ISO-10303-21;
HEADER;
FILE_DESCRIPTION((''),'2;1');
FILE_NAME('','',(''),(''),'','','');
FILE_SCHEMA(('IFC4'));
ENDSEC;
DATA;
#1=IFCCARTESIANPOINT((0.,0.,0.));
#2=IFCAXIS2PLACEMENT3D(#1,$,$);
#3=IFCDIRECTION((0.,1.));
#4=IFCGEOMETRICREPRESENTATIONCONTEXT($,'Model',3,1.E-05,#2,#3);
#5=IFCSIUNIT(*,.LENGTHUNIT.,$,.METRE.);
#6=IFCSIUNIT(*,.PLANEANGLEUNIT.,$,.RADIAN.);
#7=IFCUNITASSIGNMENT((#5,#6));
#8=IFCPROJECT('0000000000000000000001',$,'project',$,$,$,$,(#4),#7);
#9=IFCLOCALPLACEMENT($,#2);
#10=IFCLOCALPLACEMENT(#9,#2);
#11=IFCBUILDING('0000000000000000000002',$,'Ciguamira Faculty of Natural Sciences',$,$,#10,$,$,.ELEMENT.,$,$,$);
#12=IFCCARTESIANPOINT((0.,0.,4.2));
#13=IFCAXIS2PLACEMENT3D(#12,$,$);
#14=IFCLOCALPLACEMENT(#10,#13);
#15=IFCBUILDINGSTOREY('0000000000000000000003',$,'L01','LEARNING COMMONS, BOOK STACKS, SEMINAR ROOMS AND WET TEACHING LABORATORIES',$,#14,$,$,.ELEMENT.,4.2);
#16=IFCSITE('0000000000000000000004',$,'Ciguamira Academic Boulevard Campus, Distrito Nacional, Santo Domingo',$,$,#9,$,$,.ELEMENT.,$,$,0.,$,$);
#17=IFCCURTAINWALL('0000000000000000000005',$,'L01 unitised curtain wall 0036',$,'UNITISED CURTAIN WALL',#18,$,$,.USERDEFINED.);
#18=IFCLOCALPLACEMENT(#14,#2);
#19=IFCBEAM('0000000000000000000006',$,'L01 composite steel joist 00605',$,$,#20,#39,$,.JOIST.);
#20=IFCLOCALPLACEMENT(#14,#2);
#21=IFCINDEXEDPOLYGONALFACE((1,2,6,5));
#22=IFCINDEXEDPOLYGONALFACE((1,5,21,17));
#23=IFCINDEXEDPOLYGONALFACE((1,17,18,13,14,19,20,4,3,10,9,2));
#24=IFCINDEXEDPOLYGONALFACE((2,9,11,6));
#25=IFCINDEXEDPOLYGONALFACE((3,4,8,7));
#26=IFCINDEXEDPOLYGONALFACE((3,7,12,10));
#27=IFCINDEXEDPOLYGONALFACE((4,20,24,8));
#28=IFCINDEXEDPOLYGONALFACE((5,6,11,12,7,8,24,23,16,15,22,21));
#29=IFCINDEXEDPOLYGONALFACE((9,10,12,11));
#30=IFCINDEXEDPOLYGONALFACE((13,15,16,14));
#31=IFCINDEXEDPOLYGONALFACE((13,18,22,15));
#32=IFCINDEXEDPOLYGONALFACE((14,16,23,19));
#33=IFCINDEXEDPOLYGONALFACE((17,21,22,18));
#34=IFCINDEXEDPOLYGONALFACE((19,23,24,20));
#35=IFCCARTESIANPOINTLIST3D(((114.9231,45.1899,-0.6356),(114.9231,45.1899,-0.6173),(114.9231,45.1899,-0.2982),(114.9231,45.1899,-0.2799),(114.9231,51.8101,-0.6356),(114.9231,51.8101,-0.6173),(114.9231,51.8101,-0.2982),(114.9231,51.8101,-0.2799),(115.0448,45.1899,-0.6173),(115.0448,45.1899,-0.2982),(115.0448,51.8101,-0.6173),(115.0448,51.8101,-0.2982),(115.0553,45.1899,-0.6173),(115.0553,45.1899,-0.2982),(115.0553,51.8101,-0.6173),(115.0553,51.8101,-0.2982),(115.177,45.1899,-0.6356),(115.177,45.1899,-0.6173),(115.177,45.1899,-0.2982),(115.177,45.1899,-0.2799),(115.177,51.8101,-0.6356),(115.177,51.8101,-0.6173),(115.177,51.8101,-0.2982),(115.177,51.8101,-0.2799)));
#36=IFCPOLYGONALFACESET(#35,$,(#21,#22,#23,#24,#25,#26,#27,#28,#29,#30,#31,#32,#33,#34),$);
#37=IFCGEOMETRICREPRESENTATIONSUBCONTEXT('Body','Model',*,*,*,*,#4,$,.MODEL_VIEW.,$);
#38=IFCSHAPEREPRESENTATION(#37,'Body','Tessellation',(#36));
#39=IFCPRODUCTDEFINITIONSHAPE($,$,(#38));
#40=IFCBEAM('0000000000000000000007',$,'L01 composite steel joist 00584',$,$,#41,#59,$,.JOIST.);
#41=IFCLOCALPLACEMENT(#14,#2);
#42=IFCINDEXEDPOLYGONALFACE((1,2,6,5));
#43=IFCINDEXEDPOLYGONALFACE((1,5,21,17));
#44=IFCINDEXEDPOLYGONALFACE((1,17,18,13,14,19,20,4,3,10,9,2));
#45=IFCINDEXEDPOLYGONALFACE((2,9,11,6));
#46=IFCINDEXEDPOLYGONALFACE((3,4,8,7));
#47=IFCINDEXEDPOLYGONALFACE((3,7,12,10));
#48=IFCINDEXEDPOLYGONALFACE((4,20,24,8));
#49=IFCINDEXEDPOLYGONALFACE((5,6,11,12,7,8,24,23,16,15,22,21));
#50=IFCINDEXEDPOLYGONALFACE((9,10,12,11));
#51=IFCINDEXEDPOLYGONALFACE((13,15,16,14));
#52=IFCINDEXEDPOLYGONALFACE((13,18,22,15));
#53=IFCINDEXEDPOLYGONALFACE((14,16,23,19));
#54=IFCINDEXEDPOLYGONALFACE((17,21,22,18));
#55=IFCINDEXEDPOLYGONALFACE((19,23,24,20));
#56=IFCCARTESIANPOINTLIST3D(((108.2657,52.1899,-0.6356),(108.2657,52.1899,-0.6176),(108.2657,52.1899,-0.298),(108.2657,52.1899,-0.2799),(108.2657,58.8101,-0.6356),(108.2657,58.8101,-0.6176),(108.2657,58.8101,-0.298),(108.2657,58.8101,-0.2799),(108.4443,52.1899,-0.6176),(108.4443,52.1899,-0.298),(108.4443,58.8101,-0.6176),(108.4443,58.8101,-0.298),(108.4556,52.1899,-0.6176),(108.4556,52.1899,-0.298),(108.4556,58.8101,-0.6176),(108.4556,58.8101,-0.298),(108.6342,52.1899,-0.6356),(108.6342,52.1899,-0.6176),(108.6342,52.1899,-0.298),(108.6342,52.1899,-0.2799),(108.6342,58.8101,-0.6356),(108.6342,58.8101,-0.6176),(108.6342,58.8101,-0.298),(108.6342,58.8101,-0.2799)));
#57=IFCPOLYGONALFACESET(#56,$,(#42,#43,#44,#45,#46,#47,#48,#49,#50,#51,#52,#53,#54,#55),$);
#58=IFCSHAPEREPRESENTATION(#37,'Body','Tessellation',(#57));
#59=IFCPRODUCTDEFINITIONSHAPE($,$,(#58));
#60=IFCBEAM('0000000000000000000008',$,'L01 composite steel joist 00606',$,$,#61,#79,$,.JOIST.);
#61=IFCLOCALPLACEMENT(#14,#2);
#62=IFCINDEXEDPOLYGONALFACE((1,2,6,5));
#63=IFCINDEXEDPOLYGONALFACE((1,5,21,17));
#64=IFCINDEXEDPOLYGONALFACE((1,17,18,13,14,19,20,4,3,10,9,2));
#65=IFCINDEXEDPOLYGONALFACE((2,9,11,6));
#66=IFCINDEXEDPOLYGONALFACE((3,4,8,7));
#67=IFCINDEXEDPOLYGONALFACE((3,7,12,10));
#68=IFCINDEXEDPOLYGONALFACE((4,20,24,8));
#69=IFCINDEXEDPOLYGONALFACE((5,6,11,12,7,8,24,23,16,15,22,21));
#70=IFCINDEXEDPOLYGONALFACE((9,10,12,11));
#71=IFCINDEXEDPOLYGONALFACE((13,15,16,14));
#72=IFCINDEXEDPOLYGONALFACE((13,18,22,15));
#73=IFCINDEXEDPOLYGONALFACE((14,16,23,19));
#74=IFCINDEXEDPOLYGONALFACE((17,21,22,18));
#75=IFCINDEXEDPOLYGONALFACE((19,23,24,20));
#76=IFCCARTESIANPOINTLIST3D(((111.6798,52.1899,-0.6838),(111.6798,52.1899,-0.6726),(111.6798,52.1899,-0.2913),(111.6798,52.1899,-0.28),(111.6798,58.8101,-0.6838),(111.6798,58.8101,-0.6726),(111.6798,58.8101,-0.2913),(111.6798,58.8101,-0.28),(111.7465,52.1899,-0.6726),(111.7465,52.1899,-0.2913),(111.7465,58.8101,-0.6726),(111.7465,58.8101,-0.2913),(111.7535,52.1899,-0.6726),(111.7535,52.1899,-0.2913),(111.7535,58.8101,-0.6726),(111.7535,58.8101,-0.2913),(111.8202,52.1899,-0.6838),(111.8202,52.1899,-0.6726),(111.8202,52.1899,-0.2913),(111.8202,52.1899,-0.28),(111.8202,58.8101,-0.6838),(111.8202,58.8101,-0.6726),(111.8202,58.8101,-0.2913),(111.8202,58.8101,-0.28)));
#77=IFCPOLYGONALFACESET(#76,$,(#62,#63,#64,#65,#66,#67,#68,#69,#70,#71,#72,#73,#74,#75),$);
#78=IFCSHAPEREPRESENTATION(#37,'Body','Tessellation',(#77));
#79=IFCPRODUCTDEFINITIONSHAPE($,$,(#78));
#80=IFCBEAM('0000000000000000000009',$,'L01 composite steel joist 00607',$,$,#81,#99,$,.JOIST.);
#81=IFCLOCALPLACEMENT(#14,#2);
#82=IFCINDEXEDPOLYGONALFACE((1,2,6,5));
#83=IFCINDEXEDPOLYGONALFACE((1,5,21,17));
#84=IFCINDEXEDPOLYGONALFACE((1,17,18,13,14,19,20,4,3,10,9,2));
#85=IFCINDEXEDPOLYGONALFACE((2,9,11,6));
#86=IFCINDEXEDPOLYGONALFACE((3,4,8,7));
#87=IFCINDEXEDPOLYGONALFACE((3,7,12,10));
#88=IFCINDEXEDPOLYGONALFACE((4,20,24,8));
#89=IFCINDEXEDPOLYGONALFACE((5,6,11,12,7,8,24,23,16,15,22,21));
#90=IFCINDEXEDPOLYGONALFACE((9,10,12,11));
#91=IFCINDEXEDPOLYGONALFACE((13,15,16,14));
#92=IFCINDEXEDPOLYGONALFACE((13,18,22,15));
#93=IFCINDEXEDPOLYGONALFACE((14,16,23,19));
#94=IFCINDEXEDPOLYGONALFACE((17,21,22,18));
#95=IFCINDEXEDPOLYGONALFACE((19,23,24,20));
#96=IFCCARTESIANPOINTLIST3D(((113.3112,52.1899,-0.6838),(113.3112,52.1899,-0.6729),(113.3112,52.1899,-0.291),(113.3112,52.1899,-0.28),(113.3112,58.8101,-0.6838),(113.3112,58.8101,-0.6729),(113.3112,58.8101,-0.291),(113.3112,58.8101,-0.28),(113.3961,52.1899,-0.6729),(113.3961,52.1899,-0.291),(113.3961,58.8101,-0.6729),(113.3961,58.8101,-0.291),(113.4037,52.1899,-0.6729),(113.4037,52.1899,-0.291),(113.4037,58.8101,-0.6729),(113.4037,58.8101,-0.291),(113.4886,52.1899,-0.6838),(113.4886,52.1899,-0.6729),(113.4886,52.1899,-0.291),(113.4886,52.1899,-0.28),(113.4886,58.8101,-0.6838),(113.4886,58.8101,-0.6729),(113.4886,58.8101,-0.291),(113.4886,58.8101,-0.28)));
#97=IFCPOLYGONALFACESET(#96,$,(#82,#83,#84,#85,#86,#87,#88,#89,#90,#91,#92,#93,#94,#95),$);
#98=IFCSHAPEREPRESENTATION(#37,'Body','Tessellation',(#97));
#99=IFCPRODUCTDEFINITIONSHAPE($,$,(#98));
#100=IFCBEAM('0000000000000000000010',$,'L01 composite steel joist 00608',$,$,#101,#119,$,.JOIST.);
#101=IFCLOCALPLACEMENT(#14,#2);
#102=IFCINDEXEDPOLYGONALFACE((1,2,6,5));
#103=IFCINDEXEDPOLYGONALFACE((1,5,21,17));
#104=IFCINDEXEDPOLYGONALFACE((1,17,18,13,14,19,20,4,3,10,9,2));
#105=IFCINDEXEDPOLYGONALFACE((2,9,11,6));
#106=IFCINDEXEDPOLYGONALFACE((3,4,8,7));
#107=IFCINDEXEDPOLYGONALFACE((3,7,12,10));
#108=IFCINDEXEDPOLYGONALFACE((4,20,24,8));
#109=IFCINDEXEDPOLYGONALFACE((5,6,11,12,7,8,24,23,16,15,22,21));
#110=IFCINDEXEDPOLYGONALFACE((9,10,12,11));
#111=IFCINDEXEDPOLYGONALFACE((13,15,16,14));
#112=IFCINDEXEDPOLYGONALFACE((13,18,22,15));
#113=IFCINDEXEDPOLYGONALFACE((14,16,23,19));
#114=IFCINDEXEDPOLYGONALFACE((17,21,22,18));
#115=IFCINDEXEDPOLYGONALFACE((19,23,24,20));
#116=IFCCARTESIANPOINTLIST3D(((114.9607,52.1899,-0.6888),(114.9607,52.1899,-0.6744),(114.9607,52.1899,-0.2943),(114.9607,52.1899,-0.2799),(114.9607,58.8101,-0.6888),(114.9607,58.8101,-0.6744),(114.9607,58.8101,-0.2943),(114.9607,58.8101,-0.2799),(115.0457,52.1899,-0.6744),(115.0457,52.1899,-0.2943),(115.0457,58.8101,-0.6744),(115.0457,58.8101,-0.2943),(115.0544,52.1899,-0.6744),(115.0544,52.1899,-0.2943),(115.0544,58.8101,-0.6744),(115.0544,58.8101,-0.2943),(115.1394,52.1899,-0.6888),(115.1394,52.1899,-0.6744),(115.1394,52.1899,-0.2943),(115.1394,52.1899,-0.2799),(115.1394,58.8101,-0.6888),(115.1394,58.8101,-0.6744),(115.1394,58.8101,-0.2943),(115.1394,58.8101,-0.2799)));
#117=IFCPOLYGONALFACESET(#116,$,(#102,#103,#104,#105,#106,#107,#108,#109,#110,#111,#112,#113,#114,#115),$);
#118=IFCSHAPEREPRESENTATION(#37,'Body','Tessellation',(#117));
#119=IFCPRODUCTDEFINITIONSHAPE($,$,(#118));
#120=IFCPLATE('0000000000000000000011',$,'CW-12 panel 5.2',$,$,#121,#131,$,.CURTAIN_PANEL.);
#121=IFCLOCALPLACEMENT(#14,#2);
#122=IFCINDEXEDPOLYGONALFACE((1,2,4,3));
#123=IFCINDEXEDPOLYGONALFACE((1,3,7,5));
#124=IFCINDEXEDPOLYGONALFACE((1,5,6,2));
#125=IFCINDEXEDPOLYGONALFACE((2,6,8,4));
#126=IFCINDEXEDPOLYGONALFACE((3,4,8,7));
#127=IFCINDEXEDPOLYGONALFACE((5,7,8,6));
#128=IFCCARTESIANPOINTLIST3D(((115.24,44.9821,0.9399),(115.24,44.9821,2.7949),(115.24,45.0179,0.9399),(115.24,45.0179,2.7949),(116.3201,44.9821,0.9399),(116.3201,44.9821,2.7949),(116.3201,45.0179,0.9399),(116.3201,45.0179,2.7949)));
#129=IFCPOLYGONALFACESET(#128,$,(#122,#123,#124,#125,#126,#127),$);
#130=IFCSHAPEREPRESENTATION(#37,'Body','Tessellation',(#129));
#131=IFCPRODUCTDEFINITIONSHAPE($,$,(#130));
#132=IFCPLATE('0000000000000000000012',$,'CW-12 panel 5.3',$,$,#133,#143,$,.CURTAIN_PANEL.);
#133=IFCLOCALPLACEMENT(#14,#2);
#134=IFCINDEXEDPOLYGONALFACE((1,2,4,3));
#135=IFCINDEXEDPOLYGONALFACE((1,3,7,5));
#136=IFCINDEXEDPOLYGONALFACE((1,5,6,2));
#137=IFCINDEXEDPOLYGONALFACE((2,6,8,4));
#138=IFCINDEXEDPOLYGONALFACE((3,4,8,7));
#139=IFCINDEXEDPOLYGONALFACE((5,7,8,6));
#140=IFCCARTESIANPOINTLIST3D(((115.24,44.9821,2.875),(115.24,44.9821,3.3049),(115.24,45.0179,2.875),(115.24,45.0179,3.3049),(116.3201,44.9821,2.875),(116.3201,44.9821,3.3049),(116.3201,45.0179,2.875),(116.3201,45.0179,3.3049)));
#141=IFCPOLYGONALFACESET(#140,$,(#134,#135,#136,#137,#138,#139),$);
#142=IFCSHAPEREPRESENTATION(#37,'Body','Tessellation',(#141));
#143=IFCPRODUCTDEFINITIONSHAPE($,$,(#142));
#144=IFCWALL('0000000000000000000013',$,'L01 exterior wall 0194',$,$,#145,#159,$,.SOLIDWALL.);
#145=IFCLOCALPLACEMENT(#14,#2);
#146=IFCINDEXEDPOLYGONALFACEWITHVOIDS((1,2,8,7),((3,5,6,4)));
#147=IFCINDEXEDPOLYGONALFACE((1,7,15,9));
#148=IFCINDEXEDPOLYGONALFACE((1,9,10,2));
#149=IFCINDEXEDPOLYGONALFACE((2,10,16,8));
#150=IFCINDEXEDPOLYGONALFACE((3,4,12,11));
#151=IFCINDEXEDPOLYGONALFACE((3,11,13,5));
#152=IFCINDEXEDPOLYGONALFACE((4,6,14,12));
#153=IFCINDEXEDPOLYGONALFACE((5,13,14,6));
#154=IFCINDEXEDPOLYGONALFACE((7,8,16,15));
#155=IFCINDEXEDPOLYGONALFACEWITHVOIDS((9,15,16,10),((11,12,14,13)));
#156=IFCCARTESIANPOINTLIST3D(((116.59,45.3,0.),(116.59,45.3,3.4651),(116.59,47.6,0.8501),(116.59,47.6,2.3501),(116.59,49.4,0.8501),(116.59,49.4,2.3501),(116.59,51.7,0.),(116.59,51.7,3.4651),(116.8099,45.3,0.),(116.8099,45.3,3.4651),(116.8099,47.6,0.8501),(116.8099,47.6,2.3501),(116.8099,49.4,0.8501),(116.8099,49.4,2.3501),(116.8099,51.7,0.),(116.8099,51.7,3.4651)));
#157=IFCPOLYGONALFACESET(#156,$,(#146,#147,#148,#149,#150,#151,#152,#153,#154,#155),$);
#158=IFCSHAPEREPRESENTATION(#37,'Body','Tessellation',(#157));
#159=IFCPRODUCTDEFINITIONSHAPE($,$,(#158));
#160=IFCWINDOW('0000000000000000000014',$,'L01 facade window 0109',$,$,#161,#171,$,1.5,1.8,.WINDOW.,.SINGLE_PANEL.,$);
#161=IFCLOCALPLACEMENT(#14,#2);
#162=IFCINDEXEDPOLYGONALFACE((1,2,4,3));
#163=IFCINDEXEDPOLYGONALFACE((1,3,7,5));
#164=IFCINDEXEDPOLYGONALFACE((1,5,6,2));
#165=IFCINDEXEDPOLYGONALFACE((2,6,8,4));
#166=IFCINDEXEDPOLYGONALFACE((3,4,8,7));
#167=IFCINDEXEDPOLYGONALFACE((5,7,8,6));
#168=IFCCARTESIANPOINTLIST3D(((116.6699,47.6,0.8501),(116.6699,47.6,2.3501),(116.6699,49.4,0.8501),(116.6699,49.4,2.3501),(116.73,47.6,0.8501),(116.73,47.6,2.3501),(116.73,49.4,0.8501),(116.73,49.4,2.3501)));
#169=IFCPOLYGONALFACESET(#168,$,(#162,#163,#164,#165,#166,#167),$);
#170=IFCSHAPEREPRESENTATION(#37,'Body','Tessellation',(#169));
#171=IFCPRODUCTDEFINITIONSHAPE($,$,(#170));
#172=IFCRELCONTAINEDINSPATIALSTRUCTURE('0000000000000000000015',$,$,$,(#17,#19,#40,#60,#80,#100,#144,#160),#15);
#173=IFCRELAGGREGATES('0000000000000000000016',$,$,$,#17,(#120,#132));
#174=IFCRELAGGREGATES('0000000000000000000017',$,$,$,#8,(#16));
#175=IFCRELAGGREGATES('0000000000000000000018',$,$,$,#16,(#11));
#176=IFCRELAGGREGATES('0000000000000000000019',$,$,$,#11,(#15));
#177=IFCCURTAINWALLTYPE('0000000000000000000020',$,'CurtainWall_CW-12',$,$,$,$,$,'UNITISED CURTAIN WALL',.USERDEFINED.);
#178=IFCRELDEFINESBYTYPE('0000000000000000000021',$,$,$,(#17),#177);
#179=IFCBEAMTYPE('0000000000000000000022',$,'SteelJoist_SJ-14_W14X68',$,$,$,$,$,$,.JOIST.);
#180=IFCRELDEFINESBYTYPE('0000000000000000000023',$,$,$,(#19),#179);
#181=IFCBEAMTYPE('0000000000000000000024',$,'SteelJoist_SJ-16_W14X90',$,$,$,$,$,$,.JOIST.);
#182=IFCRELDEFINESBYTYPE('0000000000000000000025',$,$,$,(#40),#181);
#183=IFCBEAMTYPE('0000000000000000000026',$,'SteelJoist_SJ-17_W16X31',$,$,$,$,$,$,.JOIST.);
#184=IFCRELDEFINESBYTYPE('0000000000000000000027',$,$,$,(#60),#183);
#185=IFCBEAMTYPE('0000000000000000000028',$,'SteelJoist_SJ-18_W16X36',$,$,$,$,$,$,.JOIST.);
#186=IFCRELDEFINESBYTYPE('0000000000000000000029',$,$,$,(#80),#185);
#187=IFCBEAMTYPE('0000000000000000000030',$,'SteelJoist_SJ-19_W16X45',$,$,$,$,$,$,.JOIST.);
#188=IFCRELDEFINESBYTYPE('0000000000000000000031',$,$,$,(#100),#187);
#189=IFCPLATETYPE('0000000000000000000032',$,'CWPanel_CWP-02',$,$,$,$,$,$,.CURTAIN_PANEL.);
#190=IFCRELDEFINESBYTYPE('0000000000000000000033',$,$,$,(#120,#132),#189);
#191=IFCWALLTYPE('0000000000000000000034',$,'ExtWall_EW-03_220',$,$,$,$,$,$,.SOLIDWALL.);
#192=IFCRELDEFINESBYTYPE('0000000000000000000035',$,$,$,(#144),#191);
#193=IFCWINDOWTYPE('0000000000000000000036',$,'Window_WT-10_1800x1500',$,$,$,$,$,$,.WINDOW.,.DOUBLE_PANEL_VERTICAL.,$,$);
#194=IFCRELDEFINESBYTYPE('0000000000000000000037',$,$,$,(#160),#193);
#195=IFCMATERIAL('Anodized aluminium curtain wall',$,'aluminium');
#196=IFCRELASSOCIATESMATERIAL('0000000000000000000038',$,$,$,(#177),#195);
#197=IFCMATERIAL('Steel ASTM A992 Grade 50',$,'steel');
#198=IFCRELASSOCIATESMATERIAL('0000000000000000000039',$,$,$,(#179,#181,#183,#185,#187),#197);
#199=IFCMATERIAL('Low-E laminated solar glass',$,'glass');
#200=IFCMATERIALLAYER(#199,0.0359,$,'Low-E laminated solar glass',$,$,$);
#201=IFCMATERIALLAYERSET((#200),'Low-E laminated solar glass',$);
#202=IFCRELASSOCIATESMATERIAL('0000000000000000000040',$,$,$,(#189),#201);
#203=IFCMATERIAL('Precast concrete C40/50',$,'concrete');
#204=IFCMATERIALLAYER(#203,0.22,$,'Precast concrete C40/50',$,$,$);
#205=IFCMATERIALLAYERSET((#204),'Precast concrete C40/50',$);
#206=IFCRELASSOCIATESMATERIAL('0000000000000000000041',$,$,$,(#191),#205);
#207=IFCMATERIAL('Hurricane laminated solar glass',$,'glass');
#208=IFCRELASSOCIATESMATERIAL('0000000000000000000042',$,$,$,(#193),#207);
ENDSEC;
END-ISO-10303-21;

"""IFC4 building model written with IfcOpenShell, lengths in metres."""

from ifc_helpers import new_model, si_unit, direction, frame, frame_2d, origin, origin_2d, place, context, subcontext, project, spatial, rectangle, i_section, extrude, material, layer, layer_set, material_profile, profile_set, type_object, element, fill, aggregate, save


model = new_model("IFC4")

# Units and contexts
model_context = context("Model", 3, precision=1e-05, world=origin(), true_north=direction((0.0, 1.0)))
body_context = subcontext(model_context, "Body", "Model", "MODEL_VIEW")
ifc_project = project(units=[si_unit("LENGTHUNIT", "METRE"), si_unit("PLANEANGLEUNIT", "RADIAN")], contexts=[model_context])

# Site, building, storey
site_placement = place(None, origin())
site = spatial("IfcSite", under=ifc_project, at=site_placement, Name="Ciguamira Academic Boulevard Campus, Distrito Nacional, Santo Domingo", CompositionType="ELEMENT", RefElevation=0.0)
building_placement = place(site_placement, origin())
building = spatial("IfcBuilding", under=site, at=building_placement, Name="Ciguamira Faculty of Natural Sciences", CompositionType="ELEMENT")
storey_placement = place(building_placement, frame((0.0, 0.0, 4.2)))
storey = spatial("IfcBuildingStorey", under=building, at=storey_placement, Name="L01", Description="LEARNING COMMONS, BOOK STACKS, SEMINAR ROOMS AND WET TEACHING LABORATORIES", CompositionType="ELEMENT", Elevation=4.2)

# Curtain wall
ifc_material_1 = material(Name="Anodized aluminium curtain wall", Category="aluminium")
curtain_wall_type = type_object("IfcCurtainWallType", Name="CurtainWall_CW-12", ElementType="UNITISED CURTAIN WALL", PredefinedType="USERDEFINED", material=ifc_material_1)
curtain_wall_placement = place(storey_placement, origin())
curtain_wall = element("IfcCurtainWall", 1, at=curtain_wall_placement, inside=storey, type_object=curtain_wall_type, Name="L01 unitised curtain wall 0036", ObjectType="UNITISED CURTAIN WALL", PredefinedType="USERDEFINED")

# Beams
ifc_material_2 = material(Name="Precast concrete C40/50", Category="concrete")
ifc_material_3 = material(Name="Steel ASTM A992 Grade 50", Category="steel")
ifc_material_profile_1 = material_profile(ifc_material_3, i_section(OverallWidth=0.2539, OverallDepth=0.3557, WebThickness=0.0105, FlangeThickness=0.0183, at=origin_2d()), Name="W14X68")
ifc_profile_set_1 = profile_set([ifc_material_profile_1], Name="Steel ASTM A992 Grade 50")
beam_type_1 = type_object("IfcBeamType", Name="SteelJoist_SJ-14_W14X68", PredefinedType="JOIST", material=ifc_profile_set_1)
beam_1_placement = place(storey_placement, frame((115.05, 45.1899, -0.4578), z_axis=(0.0, 1.0, 0.0), x_axis=(-1.0, 0.0, 0.0)))
element("IfcBeam", 2, at=beam_1_placement, inside=storey, type_object=beam_type_1, Name="L01 composite steel joist 00605", PredefinedType="JOIST", context=body_context, shape_type="SweptSolid", body=[
    extrude(i_section(OverallWidth=0.2539, OverallDepth=0.3557, WebThickness=0.0105, FlangeThickness=0.0183, at=origin_2d()), origin(), (0.0, 0.0, 1.0), 6.6201),
])
ifc_material_profile_2 = material_profile(ifc_material_3, i_section(OverallWidth=0.3684, OverallDepth=0.3557, WebThickness=0.0112, FlangeThickness=0.0181, at=origin_2d()), Name="W14X90")
ifc_profile_set_2 = profile_set([ifc_material_profile_2], Name="Steel ASTM A992 Grade 50")
beam_type_2 = type_object("IfcBeamType", Name="SteelJoist_SJ-16_W14X90", PredefinedType="JOIST", material=ifc_profile_set_2)
beam_2_placement = place(storey_placement, frame((108.45, 52.1899, -0.4578), z_axis=(0.0, 1.0, 0.0), x_axis=(-1.0, 0.0, 0.0)))
element("IfcBeam", 3, at=beam_2_placement, inside=storey, type_object=beam_type_2, Name="L01 composite steel joist 00584", PredefinedType="JOIST", context=body_context, shape_type="SweptSolid", body=[
    extrude(i_section(OverallWidth=0.3684, OverallDepth=0.3557, WebThickness=0.0112, FlangeThickness=0.0181, at=origin_2d()), origin(), (0.0, 0.0, 1.0), 6.6201),
])
ifc_material_profile_3 = material_profile(ifc_material_3, i_section(OverallWidth=0.1404, OverallDepth=0.4038, WebThickness=0.0071, FlangeThickness=0.0112, at=origin_2d()), Name="W16X31")
ifc_profile_set_3 = profile_set([ifc_material_profile_3], Name="Steel ASTM A992 Grade 50")
beam_type_3 = type_object("IfcBeamType", Name="SteelJoist_SJ-17_W16X31", PredefinedType="JOIST", material=ifc_profile_set_3)
beam_3_placement = place(storey_placement, frame((111.75, 52.1899, -0.4819), z_axis=(0.0, 1.0, 0.0), x_axis=(-1.0, 0.0, 0.0)))
element("IfcBeam", 4, at=beam_3_placement, inside=storey, type_object=beam_type_3, Name="L01 composite steel joist 00606", PredefinedType="JOIST", context=body_context, shape_type="SweptSolid", body=[
    extrude(i_section(OverallWidth=0.1404, OverallDepth=0.4038, WebThickness=0.0071, FlangeThickness=0.0112, at=origin_2d()), origin(), (0.0, 0.0, 1.0), 6.6201),
])
ifc_material_profile_4 = material_profile(ifc_material_3, i_section(OverallWidth=0.1775, OverallDepth=0.4038, WebThickness=0.0076, FlangeThickness=0.011, at=origin_2d()), Name="W16X36")
ifc_profile_set_4 = profile_set([ifc_material_profile_4], Name="Steel ASTM A992 Grade 50")
beam_type_4 = type_object("IfcBeamType", Name="SteelJoist_SJ-18_W16X36", PredefinedType="JOIST", material=ifc_profile_set_4)
beam_4_placement = place(storey_placement, frame((113.3999, 52.1899, -0.4819), z_axis=(0.0, 1.0, 0.0), x_axis=(-1.0, 0.0, 0.0)))
element("IfcBeam", 5, at=beam_4_placement, inside=storey, type_object=beam_type_4, Name="L01 composite steel joist 00607", PredefinedType="JOIST", context=body_context, shape_type="SweptSolid", body=[
    extrude(i_section(OverallWidth=0.1775, OverallDepth=0.4038, WebThickness=0.0076, FlangeThickness=0.011, at=origin_2d()), origin(), (0.0, 0.0, 1.0), 6.6201),
])
ifc_material_profile_5 = material_profile(ifc_material_3, i_section(OverallWidth=0.1787, OverallDepth=0.4089, WebThickness=0.0088, FlangeThickness=0.0144, at=origin_2d()), Name="W16X45")
ifc_profile_set_5 = profile_set([ifc_material_profile_5], Name="Steel ASTM A992 Grade 50")
beam_type_5 = type_object("IfcBeamType", Name="SteelJoist_SJ-19_W16X45", PredefinedType="JOIST", material=ifc_profile_set_5)
beam_5_placement = place(storey_placement, frame((115.05, 52.1899, -0.4844), z_axis=(0.0, 1.0, 0.0), x_axis=(-1.0, 0.0, 0.0)))
element("IfcBeam", 6, at=beam_5_placement, inside=storey, type_object=beam_type_5, Name="L01 composite steel joist 00608", PredefinedType="JOIST", context=body_context, shape_type="SweptSolid", body=[
    extrude(i_section(OverallWidth=0.1787, OverallDepth=0.4089, WebThickness=0.0088, FlangeThickness=0.0144, at=origin_2d()), origin(), (0.0, 0.0, 1.0), 6.6201),
])

# Plates
ifc_material_4 = material(Name="Low-E laminated solar glass", Category="glass")
ifc_layer_1 = layer(ifc_material_4, 0.0359, Name="Low-E laminated solar glass")
ifc_layer_set_1 = layer_set([ifc_layer_1], Name="Low-E laminated solar glass")
plate_type = type_object("IfcPlateType", Name="CWPanel_CWP-02", PredefinedType="CURTAIN_PANEL", material=ifc_layer_set_1)
plate_1_placement = place(storey_placement, frame((115.78, 45.0, 0.9399), z_axis=(0.0, 0.0, 1.0), x_axis=(1.0, 0.0, 0.0)))
plate_1 = element("IfcPlate", 7, at=plate_1_placement, type_object=plate_type, Name="CW-12 panel 5.2", PredefinedType="CURTAIN_PANEL", context=body_context, shape_type="SweptSolid", body=[
    extrude(rectangle(XDim=1.0801, YDim=0.0359, at=origin_2d()), origin(), (0.0, 0.0, 1.0), 1.855),
])
plate_2_placement = place(storey_placement, frame((115.78, 45.0, 2.875), z_axis=(0.0, 0.0, 1.0), x_axis=(1.0, 0.0, 0.0)))
plate_2 = element("IfcPlate", 8, at=plate_2_placement, type_object=plate_type, Name="CW-12 panel 5.3", PredefinedType="CURTAIN_PANEL", context=body_context, shape_type="SweptSolid", body=[
    extrude(rectangle(XDim=1.0801, YDim=0.0359, at=origin_2d()), origin(), (0.0, 0.0, 1.0), 0.4299),
])
aggregate(curtain_wall, [plate_1, plate_2])

# Wall, opening, window
ifc_layer_2 = layer(ifc_material_2, 0.22, Name="Precast concrete C40/50")
ifc_layer_set_2 = layer_set([ifc_layer_2], Name="Precast concrete C40/50")
wall_type = type_object("IfcWallType", Name="ExtWall_EW-03_220", PredefinedType="SOLIDWALL", material=ifc_layer_set_2)
wall_1_placement = place(storey_placement, frame((116.7, 45.3, 0.0), z_axis=(0.0, 0.0, 1.0), x_axis=(0.0, 1.0, 0.0)))
wall_1 = element("IfcWall", 9, at=wall_1_placement, inside=storey, type_object=wall_type, Name="L01 exterior wall 0194", PredefinedType="SOLIDWALL", context=body_context, shape_type="SweptSolid", body=[
    extrude(rectangle(XDim=6.3999, YDim=0.22, at=frame_2d((3.2, 0.0))), origin(), (0.0, 0.0, 1.0), 3.4651),
])
opening_1_placement = place(wall_1_placement, frame((2.3, 0.0, 0.8501)))
opening_1 = element("IfcOpeningElement", 10, at=opening_1_placement, cuts=wall_1, PredefinedType="OPENING", context=body_context, shape_type="SweptSolid", body=[
    extrude(rectangle(XDim=1.8, YDim=1.5, at=frame_2d((0.8999, 0.75))), frame((0.0, 0.1199, 0.0), z_axis=(0.0, -1.0, 0.0), x_axis=(1.0, 0.0, 0.0)), (0.0, 0.0, 1.0), 0.24),
])
ifc_material_5 = material(Name="Hurricane laminated solar glass", Category="glass")
window_type_1 = type_object("IfcWindowType", Name="Window_WT-10_1800x1500", PartitioningType="DOUBLE_PANEL_VERTICAL", PredefinedType="WINDOW", material=ifc_material_5)
window_1_placement = place(opening_1_placement, origin())
window_1 = element("IfcWindow", 11, at=window_1_placement, inside=storey, type_object=window_type_1, Name="L01 facade window 0109", OverallHeight=1.5, OverallWidth=1.8, PartitioningType="SINGLE_PANEL", PredefinedType="WINDOW", context=body_context, shape_type="SweptSolid", body=[
    extrude(rectangle(XDim=1.8, YDim=1.5, at=frame_2d((0.8999, 0.75))), frame((0.0, 0.03, 0.0), z_axis=(0.0, -1.0, 0.0), x_axis=(1.0, 0.0, 0.0)), (0.0, 0.0, 1.0), 0.0601),
])
fill(opening_1, window_1)

save(model, "model.ifc")
